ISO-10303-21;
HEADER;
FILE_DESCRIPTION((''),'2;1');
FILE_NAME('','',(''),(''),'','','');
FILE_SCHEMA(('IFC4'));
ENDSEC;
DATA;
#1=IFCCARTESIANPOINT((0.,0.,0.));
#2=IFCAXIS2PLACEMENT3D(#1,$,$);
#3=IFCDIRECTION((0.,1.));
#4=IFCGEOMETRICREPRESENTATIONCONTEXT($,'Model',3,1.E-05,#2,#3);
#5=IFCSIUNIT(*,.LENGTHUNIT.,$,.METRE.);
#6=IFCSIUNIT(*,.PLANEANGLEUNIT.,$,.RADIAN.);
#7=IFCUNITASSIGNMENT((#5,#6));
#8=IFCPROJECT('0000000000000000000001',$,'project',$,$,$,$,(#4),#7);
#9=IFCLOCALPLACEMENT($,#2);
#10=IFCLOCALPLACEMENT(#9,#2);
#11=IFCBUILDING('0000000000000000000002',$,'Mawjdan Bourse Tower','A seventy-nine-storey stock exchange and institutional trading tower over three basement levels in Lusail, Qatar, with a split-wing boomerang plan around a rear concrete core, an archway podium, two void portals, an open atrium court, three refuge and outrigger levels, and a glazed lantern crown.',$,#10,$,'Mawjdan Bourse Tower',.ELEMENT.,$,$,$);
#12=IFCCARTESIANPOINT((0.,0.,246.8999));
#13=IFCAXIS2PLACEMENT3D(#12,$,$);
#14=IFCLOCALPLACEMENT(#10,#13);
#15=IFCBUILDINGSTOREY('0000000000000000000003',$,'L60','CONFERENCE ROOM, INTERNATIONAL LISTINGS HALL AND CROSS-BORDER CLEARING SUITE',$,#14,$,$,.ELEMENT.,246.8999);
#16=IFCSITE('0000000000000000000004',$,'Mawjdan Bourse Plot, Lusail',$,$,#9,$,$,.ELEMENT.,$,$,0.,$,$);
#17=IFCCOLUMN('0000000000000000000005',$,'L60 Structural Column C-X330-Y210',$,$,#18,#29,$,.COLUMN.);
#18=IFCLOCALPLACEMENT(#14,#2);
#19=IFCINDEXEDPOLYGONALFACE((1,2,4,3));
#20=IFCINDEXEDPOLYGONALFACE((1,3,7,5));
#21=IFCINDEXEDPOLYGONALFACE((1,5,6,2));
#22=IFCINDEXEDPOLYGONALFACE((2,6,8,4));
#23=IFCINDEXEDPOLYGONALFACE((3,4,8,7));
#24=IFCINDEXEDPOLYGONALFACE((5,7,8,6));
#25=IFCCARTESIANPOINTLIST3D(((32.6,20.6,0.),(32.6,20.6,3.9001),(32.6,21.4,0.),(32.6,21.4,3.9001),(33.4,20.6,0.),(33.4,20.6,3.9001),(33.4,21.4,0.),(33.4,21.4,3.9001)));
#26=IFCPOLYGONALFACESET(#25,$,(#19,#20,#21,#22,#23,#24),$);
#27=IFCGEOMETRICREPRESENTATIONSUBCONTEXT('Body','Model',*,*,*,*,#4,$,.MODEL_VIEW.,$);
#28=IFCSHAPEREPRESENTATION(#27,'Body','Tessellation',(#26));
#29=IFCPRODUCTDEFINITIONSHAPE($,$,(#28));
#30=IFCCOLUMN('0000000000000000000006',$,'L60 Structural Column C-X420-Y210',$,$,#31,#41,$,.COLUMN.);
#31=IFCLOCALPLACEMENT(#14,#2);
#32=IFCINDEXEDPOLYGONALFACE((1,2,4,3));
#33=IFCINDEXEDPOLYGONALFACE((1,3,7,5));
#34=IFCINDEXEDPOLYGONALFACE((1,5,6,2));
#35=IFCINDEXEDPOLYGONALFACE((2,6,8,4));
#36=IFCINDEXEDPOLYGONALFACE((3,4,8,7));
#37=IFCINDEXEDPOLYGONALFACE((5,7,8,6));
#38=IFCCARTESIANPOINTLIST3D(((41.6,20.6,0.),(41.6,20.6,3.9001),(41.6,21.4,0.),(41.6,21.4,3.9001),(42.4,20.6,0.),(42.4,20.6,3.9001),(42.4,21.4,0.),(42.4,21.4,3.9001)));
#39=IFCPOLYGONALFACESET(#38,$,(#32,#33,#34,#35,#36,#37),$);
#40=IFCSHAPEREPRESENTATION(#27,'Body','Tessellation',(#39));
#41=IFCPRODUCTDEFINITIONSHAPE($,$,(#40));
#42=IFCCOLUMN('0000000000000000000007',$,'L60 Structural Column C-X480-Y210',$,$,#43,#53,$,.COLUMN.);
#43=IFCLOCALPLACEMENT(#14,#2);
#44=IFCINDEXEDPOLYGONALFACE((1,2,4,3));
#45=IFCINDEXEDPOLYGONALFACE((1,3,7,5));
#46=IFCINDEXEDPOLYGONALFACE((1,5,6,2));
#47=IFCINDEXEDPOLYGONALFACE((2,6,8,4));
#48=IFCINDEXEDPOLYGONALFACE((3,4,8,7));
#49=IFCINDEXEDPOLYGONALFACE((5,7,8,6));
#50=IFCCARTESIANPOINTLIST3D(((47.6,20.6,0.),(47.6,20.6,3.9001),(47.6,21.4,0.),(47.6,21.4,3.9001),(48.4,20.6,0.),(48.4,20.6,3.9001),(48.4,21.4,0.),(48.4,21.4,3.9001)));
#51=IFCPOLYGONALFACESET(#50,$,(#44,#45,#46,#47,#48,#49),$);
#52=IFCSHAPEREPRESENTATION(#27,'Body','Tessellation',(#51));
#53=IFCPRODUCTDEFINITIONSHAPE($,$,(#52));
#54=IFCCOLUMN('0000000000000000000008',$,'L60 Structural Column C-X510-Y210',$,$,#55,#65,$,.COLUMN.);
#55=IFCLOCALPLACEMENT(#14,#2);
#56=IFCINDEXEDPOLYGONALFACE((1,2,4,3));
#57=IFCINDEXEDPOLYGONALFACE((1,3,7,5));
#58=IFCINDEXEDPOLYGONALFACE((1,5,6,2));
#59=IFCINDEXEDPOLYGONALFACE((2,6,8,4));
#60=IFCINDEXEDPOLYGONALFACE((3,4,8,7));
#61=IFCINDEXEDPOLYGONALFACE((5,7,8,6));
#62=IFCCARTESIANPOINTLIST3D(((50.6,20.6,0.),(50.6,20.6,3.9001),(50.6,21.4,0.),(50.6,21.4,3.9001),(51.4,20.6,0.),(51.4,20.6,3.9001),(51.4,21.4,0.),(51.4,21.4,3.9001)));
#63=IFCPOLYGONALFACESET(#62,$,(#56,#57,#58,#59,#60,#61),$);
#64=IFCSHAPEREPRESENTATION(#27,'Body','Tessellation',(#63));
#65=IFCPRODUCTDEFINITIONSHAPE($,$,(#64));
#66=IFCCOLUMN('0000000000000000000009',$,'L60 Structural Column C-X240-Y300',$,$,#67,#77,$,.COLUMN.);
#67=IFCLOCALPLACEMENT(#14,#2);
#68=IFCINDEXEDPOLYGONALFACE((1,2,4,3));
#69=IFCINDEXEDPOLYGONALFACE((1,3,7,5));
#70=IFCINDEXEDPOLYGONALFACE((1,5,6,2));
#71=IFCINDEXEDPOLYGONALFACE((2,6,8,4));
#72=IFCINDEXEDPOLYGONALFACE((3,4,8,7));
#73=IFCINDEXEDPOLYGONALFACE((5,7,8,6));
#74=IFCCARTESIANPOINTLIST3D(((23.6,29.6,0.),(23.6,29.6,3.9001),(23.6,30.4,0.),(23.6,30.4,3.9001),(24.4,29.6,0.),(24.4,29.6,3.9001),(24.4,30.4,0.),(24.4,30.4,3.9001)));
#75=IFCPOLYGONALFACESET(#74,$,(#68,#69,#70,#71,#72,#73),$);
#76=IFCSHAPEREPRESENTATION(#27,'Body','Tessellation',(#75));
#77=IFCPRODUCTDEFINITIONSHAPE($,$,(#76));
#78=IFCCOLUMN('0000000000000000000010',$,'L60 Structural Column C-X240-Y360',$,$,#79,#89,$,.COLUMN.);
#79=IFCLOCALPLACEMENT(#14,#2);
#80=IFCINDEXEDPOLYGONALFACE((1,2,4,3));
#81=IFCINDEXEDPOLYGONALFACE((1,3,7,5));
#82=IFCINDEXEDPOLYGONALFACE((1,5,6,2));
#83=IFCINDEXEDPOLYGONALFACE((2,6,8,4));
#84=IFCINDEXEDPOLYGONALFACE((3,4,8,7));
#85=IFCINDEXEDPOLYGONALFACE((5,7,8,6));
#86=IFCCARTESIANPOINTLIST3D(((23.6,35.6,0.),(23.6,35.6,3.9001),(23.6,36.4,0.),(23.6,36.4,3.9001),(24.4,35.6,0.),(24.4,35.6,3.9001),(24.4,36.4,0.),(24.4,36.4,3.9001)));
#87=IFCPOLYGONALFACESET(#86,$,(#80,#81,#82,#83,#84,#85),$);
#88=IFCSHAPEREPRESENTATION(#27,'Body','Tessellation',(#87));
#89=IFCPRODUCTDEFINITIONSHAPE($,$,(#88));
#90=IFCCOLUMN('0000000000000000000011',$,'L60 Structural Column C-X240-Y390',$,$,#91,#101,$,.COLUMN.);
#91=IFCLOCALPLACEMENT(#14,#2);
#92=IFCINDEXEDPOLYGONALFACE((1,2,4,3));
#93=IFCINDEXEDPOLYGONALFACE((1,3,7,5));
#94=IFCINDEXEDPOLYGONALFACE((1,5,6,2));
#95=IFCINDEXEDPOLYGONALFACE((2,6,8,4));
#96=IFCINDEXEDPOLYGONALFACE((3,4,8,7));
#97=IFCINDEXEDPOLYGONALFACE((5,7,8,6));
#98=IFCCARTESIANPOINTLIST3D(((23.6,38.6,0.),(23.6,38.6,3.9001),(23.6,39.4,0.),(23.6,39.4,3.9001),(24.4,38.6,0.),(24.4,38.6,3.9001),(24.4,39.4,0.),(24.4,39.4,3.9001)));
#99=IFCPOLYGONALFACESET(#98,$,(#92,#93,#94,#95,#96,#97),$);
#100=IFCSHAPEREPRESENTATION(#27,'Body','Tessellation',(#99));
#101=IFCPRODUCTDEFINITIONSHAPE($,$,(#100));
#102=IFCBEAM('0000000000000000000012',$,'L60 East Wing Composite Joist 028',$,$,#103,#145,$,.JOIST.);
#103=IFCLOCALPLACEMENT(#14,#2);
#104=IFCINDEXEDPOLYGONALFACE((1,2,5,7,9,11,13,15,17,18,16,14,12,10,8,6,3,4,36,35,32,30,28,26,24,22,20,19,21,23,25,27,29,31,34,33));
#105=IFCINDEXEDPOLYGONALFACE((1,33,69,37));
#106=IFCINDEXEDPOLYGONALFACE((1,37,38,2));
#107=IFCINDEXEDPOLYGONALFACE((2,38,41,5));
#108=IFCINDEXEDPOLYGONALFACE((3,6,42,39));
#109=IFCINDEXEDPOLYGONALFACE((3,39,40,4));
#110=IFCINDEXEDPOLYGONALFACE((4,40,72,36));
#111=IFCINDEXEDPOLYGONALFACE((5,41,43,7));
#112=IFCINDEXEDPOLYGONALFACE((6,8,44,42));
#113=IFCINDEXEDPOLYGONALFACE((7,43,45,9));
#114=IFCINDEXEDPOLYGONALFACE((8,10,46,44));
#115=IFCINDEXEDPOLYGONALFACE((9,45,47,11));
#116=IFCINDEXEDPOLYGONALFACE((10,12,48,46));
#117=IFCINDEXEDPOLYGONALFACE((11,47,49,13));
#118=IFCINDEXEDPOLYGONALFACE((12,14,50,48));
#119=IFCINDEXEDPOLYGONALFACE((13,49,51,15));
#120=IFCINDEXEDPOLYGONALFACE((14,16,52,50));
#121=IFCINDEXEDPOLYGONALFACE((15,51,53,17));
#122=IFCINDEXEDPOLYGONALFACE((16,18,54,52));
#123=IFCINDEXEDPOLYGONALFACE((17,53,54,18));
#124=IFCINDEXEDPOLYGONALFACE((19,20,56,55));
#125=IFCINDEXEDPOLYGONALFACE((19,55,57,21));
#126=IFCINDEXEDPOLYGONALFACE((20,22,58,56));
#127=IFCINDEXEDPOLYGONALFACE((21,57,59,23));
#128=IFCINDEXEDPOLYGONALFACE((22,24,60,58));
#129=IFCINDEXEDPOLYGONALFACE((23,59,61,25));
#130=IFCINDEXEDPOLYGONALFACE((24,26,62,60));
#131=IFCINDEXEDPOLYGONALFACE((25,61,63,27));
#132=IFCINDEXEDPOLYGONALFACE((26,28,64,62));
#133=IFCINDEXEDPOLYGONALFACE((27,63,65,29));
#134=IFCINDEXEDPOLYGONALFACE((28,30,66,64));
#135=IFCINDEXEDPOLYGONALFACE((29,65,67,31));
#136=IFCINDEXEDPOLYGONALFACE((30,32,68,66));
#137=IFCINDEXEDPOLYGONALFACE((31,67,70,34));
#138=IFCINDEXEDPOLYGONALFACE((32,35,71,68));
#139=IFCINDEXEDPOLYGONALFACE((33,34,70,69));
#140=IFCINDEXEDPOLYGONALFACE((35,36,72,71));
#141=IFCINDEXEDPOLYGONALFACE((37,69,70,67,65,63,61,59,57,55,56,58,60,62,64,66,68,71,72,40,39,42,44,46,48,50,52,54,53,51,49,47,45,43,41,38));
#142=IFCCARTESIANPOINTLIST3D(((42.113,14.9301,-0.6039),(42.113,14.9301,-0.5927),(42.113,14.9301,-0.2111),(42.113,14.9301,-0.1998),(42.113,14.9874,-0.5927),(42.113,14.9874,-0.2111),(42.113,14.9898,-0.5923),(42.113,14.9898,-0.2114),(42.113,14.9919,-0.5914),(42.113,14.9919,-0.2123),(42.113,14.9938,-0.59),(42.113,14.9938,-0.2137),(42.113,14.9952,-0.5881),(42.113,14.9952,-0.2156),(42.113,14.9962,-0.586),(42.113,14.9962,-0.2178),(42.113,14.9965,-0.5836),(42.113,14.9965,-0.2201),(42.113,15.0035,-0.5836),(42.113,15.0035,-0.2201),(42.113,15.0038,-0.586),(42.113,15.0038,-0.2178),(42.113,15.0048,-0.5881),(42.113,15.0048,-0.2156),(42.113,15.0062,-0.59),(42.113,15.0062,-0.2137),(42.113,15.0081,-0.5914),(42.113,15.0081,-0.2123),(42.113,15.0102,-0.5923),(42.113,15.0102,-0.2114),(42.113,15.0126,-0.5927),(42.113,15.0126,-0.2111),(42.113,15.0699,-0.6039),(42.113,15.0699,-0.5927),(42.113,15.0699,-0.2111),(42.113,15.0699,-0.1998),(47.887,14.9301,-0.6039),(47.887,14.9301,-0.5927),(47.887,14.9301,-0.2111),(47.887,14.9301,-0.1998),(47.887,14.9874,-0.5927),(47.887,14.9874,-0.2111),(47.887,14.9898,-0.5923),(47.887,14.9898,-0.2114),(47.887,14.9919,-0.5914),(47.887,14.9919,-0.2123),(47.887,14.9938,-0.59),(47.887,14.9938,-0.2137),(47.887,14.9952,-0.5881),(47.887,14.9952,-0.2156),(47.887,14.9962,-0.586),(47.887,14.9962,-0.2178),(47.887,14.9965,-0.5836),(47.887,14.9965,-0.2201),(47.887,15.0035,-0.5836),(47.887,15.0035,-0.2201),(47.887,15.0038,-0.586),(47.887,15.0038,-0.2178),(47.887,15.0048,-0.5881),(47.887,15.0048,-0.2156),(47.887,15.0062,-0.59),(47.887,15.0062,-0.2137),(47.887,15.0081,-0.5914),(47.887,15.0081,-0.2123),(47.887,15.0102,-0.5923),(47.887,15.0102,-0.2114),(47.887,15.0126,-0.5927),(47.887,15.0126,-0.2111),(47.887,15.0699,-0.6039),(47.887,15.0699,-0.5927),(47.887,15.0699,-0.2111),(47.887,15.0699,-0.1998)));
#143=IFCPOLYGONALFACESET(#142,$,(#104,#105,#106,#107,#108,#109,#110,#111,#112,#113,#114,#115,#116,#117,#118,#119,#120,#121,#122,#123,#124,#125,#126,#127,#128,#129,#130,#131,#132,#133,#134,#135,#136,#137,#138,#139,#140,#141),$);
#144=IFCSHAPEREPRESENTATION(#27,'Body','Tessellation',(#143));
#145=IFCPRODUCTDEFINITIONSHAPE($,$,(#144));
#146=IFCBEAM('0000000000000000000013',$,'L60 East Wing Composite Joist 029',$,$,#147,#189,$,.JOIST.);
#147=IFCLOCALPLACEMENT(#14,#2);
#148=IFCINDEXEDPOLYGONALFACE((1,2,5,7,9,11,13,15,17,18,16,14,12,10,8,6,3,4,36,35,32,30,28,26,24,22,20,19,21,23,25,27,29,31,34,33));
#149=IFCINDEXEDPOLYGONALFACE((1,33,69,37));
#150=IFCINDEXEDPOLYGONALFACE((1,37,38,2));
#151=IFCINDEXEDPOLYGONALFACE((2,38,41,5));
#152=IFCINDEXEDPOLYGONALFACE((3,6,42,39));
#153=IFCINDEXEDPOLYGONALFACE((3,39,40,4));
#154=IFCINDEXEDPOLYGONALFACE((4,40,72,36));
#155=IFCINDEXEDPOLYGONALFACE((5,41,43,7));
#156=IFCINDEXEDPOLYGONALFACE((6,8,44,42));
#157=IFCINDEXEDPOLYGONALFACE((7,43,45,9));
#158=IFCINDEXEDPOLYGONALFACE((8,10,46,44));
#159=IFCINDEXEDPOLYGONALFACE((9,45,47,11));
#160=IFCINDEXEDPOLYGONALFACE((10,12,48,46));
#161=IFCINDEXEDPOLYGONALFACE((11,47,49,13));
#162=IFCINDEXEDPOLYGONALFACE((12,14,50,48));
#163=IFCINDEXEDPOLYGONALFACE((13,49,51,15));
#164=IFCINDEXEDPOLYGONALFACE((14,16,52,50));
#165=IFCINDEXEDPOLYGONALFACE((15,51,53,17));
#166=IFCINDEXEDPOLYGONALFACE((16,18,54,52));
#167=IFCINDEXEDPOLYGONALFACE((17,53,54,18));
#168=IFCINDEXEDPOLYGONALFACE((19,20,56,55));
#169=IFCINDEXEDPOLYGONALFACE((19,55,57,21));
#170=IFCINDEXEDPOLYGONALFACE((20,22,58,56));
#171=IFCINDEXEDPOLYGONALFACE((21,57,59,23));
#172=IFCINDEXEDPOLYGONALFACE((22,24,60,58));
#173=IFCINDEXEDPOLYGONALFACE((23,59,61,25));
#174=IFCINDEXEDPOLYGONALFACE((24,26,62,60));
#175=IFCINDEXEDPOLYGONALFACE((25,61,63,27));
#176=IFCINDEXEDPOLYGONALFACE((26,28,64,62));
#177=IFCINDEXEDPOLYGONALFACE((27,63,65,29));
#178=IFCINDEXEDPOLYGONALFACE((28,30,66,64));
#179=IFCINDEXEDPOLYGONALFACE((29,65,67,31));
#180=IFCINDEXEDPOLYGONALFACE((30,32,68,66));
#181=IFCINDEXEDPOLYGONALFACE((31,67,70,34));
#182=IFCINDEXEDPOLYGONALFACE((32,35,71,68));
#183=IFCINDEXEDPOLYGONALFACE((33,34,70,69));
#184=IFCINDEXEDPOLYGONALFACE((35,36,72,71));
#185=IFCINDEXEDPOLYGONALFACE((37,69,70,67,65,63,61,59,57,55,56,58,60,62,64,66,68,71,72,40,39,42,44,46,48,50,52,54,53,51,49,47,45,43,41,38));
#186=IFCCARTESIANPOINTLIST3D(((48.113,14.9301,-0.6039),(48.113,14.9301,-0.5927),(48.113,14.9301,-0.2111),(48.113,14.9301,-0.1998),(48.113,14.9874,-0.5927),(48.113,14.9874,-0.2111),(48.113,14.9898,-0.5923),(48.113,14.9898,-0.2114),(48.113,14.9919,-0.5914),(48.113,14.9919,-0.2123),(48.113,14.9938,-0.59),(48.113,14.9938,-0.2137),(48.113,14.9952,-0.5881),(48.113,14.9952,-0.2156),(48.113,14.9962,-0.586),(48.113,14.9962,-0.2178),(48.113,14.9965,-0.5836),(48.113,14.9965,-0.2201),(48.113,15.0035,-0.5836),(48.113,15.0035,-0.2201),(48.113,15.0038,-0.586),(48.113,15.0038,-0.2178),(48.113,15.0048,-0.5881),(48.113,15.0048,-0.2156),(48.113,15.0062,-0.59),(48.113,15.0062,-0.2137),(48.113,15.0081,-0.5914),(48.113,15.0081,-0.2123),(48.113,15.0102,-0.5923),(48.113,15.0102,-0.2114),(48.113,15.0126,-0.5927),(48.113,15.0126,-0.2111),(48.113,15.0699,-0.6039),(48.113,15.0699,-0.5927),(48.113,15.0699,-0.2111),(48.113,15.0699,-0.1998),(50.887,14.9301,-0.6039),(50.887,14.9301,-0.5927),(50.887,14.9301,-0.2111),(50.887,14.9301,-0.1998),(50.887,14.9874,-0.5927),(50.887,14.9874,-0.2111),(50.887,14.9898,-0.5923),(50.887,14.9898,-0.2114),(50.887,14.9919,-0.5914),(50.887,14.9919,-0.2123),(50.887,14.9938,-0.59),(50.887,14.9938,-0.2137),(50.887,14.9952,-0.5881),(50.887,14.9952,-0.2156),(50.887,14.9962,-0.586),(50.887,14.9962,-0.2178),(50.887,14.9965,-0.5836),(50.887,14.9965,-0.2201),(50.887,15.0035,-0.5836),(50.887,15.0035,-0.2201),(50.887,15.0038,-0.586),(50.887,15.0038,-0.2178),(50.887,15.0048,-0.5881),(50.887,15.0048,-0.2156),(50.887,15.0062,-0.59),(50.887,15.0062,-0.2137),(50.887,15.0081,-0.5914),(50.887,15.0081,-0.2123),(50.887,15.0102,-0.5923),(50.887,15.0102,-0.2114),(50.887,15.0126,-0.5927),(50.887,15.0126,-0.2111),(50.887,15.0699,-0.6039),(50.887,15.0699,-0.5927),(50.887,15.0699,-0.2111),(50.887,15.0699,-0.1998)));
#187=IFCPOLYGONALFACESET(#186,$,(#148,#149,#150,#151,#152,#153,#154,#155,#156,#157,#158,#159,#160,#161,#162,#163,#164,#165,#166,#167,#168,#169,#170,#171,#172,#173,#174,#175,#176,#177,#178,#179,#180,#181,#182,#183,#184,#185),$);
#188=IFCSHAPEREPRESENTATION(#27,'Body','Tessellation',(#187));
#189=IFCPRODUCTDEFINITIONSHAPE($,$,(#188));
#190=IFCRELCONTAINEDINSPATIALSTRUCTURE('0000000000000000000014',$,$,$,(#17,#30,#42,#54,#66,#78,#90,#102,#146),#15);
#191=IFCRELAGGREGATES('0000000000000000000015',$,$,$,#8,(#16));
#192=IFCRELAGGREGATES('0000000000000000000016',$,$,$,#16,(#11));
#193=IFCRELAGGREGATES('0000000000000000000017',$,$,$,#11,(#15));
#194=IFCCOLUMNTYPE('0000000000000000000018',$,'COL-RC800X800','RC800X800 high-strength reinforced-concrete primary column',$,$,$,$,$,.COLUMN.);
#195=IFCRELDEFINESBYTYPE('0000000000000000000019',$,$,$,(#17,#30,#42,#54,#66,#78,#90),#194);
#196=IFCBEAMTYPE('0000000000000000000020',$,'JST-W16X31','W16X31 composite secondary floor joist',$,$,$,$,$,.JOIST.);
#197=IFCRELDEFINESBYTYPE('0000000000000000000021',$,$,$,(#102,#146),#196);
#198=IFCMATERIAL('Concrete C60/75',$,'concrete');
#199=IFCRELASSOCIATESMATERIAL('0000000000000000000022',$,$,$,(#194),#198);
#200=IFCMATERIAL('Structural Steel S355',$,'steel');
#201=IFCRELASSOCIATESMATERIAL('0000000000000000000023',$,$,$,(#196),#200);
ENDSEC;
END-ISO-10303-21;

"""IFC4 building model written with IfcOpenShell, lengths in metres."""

from ifc_helpers import new_model, si_unit, direction, frame, origin, origin_2d, place, context, subcontext, project, spatial, rectangle, i_section, extrude, material, material_profile, profile_set, type_object, element, save


model = new_model("IFC4")

# Units and contexts
model_context = context("Model", 3, precision=1e-05, world=origin(), true_north=direction((0.0, 1.0)))
body_context = subcontext(model_context, "Body", "Model", "MODEL_VIEW")
ifc_project = project(units=[si_unit("LENGTHUNIT", "METRE"), si_unit("PLANEANGLEUNIT", "RADIAN")], contexts=[model_context])

# Site, building, storey
site_placement = place(None, origin())
site = spatial("IfcSite", under=ifc_project, at=site_placement, Name="Mawjdan Bourse Plot, Lusail", CompositionType="ELEMENT", RefElevation=0.0)
building_placement = place(site_placement, origin())
building = spatial("IfcBuilding", under=site, at=building_placement, Name="Mawjdan Bourse Tower", Description="A seventy-nine-storey stock exchange and institutional trading tower over three basement levels in Lusail, Qatar, with a split-wing boomerang plan around a rear concrete core, an archway podium, two void portals, an open atrium court, three refuge and outrigger levels, and a glazed lantern crown.", LongName="Mawjdan Bourse Tower", CompositionType="ELEMENT")
storey_placement = place(building_placement, frame((0.0, 0.0, 246.8999)))
storey = spatial("IfcBuildingStorey", under=building, at=storey_placement, Name="L60", Description="CONFERENCE ROOM, INTERNATIONAL LISTINGS HALL AND CROSS-BORDER CLEARING SUITE", CompositionType="ELEMENT", Elevation=246.8999)

# Columns
ifc_material_1 = material(Name="Concrete C60/75", Category="concrete")
ifc_material_profile_1 = material_profile(ifc_material_1, rectangle(XDim=0.8, YDim=0.8, at=origin_2d()), Name="RC800X800")
ifc_profile_set_1 = profile_set([ifc_material_profile_1], Name="Concrete C60/75")
column_type = type_object("IfcColumnType", Name="COL-RC800X800", Description="RC800X800 high-strength reinforced-concrete primary column", PredefinedType="COLUMN", material=ifc_profile_set_1)
for number, where, z_axis, x_axis, name in (
    (1, (33.0, 21.0, 0.0), (0.0, 0.0, 1.0), (1.0, 0.0, 0.0), "L60 Structural Column C-X330-Y210"),
    (2, (42.0, 21.0, 0.0), (0.0, 0.0, 1.0), (1.0, 0.0, 0.0), "L60 Structural Column C-X420-Y210"),
    (3, (48.0, 21.0, 0.0), (0.0, 0.0, 1.0), (1.0, 0.0, 0.0), "L60 Structural Column C-X480-Y210"),
    (4, (51.0, 21.0, 0.0), (0.0, 0.0, 1.0), (1.0, 0.0, 0.0), "L60 Structural Column C-X510-Y210"),
    (5, (24.0, 30.0, 0.0), (0.0, 0.0, 1.0), (1.0, 0.0, 0.0), "L60 Structural Column C-X240-Y300"),
    (6, (24.0, 36.0, 0.0), (0.0, 0.0, 1.0), (1.0, 0.0, 0.0), "L60 Structural Column C-X240-Y360"),
    (7, (24.0, 39.0, 0.0), (0.0, 0.0, 1.0), (1.0, 0.0, 0.0), "L60 Structural Column C-X240-Y390"),
):
    element("IfcColumn", number, at=place(storey_placement, frame(where, z_axis=z_axis, x_axis=x_axis)), inside=storey, type_object=column_type, Name=name, PredefinedType="COLUMN", context=body_context, shape_type="SweptSolid", body=[
        extrude(rectangle(XDim=0.8, YDim=0.8, at=origin_2d()), origin(), (0.0, 0.0, 1.0), 3.9001),
    ])

# Beams
ifc_material_2 = material(Name="Structural Steel S355", Category="steel")
ifc_material_profile_2 = material_profile(ifc_material_2, i_section(OverallWidth=0.1399, OverallDepth=0.4041, WebThickness=0.0071, FlangeThickness=0.0112, FilletRadius=0.009, at=origin_2d()), Name="W16X31")
ifc_profile_set_2 = profile_set([ifc_material_profile_2], Name="Structural Steel S355")
beam_type_1 = type_object("IfcBeamType", Name="JST-W16X31", Description="W16X31 composite secondary floor joist", PredefinedType="JOIST", material=ifc_profile_set_2)
beam_1_placement = place(storey_placement, frame((42.113, 15.0, -0.4019), z_axis=(1.0, 0.0, 0.0), x_axis=(0.0, 1.0, 0.0)))
element("IfcBeam", 8, at=beam_1_placement, inside=storey, type_object=beam_type_1, Name="L60 East Wing Composite Joist 028", PredefinedType="JOIST", context=body_context, shape_type="SweptSolid", body=[
    extrude(i_section(OverallWidth=0.1399, OverallDepth=0.4041, WebThickness=0.0071, FlangeThickness=0.0112, FilletRadius=0.009, at=origin_2d()), origin(), (0.0, 0.0, 1.0), 5.7739),
])
beam_2_placement = place(storey_placement, frame((48.113, 15.0, -0.4019), z_axis=(1.0, 0.0, 0.0), x_axis=(0.0, 1.0, 0.0)))
element("IfcBeam", 9, at=beam_2_placement, inside=storey, type_object=beam_type_1, Name="L60 East Wing Composite Joist 029", PredefinedType="JOIST", context=body_context, shape_type="SweptSolid", body=[
    extrude(i_section(OverallWidth=0.1399, OverallDepth=0.4041, WebThickness=0.0071, FlangeThickness=0.0112, FilletRadius=0.009, at=origin_2d()), origin(), (0.0, 0.0, 1.0), 2.7739),
])

save(model, "model.ifc")
